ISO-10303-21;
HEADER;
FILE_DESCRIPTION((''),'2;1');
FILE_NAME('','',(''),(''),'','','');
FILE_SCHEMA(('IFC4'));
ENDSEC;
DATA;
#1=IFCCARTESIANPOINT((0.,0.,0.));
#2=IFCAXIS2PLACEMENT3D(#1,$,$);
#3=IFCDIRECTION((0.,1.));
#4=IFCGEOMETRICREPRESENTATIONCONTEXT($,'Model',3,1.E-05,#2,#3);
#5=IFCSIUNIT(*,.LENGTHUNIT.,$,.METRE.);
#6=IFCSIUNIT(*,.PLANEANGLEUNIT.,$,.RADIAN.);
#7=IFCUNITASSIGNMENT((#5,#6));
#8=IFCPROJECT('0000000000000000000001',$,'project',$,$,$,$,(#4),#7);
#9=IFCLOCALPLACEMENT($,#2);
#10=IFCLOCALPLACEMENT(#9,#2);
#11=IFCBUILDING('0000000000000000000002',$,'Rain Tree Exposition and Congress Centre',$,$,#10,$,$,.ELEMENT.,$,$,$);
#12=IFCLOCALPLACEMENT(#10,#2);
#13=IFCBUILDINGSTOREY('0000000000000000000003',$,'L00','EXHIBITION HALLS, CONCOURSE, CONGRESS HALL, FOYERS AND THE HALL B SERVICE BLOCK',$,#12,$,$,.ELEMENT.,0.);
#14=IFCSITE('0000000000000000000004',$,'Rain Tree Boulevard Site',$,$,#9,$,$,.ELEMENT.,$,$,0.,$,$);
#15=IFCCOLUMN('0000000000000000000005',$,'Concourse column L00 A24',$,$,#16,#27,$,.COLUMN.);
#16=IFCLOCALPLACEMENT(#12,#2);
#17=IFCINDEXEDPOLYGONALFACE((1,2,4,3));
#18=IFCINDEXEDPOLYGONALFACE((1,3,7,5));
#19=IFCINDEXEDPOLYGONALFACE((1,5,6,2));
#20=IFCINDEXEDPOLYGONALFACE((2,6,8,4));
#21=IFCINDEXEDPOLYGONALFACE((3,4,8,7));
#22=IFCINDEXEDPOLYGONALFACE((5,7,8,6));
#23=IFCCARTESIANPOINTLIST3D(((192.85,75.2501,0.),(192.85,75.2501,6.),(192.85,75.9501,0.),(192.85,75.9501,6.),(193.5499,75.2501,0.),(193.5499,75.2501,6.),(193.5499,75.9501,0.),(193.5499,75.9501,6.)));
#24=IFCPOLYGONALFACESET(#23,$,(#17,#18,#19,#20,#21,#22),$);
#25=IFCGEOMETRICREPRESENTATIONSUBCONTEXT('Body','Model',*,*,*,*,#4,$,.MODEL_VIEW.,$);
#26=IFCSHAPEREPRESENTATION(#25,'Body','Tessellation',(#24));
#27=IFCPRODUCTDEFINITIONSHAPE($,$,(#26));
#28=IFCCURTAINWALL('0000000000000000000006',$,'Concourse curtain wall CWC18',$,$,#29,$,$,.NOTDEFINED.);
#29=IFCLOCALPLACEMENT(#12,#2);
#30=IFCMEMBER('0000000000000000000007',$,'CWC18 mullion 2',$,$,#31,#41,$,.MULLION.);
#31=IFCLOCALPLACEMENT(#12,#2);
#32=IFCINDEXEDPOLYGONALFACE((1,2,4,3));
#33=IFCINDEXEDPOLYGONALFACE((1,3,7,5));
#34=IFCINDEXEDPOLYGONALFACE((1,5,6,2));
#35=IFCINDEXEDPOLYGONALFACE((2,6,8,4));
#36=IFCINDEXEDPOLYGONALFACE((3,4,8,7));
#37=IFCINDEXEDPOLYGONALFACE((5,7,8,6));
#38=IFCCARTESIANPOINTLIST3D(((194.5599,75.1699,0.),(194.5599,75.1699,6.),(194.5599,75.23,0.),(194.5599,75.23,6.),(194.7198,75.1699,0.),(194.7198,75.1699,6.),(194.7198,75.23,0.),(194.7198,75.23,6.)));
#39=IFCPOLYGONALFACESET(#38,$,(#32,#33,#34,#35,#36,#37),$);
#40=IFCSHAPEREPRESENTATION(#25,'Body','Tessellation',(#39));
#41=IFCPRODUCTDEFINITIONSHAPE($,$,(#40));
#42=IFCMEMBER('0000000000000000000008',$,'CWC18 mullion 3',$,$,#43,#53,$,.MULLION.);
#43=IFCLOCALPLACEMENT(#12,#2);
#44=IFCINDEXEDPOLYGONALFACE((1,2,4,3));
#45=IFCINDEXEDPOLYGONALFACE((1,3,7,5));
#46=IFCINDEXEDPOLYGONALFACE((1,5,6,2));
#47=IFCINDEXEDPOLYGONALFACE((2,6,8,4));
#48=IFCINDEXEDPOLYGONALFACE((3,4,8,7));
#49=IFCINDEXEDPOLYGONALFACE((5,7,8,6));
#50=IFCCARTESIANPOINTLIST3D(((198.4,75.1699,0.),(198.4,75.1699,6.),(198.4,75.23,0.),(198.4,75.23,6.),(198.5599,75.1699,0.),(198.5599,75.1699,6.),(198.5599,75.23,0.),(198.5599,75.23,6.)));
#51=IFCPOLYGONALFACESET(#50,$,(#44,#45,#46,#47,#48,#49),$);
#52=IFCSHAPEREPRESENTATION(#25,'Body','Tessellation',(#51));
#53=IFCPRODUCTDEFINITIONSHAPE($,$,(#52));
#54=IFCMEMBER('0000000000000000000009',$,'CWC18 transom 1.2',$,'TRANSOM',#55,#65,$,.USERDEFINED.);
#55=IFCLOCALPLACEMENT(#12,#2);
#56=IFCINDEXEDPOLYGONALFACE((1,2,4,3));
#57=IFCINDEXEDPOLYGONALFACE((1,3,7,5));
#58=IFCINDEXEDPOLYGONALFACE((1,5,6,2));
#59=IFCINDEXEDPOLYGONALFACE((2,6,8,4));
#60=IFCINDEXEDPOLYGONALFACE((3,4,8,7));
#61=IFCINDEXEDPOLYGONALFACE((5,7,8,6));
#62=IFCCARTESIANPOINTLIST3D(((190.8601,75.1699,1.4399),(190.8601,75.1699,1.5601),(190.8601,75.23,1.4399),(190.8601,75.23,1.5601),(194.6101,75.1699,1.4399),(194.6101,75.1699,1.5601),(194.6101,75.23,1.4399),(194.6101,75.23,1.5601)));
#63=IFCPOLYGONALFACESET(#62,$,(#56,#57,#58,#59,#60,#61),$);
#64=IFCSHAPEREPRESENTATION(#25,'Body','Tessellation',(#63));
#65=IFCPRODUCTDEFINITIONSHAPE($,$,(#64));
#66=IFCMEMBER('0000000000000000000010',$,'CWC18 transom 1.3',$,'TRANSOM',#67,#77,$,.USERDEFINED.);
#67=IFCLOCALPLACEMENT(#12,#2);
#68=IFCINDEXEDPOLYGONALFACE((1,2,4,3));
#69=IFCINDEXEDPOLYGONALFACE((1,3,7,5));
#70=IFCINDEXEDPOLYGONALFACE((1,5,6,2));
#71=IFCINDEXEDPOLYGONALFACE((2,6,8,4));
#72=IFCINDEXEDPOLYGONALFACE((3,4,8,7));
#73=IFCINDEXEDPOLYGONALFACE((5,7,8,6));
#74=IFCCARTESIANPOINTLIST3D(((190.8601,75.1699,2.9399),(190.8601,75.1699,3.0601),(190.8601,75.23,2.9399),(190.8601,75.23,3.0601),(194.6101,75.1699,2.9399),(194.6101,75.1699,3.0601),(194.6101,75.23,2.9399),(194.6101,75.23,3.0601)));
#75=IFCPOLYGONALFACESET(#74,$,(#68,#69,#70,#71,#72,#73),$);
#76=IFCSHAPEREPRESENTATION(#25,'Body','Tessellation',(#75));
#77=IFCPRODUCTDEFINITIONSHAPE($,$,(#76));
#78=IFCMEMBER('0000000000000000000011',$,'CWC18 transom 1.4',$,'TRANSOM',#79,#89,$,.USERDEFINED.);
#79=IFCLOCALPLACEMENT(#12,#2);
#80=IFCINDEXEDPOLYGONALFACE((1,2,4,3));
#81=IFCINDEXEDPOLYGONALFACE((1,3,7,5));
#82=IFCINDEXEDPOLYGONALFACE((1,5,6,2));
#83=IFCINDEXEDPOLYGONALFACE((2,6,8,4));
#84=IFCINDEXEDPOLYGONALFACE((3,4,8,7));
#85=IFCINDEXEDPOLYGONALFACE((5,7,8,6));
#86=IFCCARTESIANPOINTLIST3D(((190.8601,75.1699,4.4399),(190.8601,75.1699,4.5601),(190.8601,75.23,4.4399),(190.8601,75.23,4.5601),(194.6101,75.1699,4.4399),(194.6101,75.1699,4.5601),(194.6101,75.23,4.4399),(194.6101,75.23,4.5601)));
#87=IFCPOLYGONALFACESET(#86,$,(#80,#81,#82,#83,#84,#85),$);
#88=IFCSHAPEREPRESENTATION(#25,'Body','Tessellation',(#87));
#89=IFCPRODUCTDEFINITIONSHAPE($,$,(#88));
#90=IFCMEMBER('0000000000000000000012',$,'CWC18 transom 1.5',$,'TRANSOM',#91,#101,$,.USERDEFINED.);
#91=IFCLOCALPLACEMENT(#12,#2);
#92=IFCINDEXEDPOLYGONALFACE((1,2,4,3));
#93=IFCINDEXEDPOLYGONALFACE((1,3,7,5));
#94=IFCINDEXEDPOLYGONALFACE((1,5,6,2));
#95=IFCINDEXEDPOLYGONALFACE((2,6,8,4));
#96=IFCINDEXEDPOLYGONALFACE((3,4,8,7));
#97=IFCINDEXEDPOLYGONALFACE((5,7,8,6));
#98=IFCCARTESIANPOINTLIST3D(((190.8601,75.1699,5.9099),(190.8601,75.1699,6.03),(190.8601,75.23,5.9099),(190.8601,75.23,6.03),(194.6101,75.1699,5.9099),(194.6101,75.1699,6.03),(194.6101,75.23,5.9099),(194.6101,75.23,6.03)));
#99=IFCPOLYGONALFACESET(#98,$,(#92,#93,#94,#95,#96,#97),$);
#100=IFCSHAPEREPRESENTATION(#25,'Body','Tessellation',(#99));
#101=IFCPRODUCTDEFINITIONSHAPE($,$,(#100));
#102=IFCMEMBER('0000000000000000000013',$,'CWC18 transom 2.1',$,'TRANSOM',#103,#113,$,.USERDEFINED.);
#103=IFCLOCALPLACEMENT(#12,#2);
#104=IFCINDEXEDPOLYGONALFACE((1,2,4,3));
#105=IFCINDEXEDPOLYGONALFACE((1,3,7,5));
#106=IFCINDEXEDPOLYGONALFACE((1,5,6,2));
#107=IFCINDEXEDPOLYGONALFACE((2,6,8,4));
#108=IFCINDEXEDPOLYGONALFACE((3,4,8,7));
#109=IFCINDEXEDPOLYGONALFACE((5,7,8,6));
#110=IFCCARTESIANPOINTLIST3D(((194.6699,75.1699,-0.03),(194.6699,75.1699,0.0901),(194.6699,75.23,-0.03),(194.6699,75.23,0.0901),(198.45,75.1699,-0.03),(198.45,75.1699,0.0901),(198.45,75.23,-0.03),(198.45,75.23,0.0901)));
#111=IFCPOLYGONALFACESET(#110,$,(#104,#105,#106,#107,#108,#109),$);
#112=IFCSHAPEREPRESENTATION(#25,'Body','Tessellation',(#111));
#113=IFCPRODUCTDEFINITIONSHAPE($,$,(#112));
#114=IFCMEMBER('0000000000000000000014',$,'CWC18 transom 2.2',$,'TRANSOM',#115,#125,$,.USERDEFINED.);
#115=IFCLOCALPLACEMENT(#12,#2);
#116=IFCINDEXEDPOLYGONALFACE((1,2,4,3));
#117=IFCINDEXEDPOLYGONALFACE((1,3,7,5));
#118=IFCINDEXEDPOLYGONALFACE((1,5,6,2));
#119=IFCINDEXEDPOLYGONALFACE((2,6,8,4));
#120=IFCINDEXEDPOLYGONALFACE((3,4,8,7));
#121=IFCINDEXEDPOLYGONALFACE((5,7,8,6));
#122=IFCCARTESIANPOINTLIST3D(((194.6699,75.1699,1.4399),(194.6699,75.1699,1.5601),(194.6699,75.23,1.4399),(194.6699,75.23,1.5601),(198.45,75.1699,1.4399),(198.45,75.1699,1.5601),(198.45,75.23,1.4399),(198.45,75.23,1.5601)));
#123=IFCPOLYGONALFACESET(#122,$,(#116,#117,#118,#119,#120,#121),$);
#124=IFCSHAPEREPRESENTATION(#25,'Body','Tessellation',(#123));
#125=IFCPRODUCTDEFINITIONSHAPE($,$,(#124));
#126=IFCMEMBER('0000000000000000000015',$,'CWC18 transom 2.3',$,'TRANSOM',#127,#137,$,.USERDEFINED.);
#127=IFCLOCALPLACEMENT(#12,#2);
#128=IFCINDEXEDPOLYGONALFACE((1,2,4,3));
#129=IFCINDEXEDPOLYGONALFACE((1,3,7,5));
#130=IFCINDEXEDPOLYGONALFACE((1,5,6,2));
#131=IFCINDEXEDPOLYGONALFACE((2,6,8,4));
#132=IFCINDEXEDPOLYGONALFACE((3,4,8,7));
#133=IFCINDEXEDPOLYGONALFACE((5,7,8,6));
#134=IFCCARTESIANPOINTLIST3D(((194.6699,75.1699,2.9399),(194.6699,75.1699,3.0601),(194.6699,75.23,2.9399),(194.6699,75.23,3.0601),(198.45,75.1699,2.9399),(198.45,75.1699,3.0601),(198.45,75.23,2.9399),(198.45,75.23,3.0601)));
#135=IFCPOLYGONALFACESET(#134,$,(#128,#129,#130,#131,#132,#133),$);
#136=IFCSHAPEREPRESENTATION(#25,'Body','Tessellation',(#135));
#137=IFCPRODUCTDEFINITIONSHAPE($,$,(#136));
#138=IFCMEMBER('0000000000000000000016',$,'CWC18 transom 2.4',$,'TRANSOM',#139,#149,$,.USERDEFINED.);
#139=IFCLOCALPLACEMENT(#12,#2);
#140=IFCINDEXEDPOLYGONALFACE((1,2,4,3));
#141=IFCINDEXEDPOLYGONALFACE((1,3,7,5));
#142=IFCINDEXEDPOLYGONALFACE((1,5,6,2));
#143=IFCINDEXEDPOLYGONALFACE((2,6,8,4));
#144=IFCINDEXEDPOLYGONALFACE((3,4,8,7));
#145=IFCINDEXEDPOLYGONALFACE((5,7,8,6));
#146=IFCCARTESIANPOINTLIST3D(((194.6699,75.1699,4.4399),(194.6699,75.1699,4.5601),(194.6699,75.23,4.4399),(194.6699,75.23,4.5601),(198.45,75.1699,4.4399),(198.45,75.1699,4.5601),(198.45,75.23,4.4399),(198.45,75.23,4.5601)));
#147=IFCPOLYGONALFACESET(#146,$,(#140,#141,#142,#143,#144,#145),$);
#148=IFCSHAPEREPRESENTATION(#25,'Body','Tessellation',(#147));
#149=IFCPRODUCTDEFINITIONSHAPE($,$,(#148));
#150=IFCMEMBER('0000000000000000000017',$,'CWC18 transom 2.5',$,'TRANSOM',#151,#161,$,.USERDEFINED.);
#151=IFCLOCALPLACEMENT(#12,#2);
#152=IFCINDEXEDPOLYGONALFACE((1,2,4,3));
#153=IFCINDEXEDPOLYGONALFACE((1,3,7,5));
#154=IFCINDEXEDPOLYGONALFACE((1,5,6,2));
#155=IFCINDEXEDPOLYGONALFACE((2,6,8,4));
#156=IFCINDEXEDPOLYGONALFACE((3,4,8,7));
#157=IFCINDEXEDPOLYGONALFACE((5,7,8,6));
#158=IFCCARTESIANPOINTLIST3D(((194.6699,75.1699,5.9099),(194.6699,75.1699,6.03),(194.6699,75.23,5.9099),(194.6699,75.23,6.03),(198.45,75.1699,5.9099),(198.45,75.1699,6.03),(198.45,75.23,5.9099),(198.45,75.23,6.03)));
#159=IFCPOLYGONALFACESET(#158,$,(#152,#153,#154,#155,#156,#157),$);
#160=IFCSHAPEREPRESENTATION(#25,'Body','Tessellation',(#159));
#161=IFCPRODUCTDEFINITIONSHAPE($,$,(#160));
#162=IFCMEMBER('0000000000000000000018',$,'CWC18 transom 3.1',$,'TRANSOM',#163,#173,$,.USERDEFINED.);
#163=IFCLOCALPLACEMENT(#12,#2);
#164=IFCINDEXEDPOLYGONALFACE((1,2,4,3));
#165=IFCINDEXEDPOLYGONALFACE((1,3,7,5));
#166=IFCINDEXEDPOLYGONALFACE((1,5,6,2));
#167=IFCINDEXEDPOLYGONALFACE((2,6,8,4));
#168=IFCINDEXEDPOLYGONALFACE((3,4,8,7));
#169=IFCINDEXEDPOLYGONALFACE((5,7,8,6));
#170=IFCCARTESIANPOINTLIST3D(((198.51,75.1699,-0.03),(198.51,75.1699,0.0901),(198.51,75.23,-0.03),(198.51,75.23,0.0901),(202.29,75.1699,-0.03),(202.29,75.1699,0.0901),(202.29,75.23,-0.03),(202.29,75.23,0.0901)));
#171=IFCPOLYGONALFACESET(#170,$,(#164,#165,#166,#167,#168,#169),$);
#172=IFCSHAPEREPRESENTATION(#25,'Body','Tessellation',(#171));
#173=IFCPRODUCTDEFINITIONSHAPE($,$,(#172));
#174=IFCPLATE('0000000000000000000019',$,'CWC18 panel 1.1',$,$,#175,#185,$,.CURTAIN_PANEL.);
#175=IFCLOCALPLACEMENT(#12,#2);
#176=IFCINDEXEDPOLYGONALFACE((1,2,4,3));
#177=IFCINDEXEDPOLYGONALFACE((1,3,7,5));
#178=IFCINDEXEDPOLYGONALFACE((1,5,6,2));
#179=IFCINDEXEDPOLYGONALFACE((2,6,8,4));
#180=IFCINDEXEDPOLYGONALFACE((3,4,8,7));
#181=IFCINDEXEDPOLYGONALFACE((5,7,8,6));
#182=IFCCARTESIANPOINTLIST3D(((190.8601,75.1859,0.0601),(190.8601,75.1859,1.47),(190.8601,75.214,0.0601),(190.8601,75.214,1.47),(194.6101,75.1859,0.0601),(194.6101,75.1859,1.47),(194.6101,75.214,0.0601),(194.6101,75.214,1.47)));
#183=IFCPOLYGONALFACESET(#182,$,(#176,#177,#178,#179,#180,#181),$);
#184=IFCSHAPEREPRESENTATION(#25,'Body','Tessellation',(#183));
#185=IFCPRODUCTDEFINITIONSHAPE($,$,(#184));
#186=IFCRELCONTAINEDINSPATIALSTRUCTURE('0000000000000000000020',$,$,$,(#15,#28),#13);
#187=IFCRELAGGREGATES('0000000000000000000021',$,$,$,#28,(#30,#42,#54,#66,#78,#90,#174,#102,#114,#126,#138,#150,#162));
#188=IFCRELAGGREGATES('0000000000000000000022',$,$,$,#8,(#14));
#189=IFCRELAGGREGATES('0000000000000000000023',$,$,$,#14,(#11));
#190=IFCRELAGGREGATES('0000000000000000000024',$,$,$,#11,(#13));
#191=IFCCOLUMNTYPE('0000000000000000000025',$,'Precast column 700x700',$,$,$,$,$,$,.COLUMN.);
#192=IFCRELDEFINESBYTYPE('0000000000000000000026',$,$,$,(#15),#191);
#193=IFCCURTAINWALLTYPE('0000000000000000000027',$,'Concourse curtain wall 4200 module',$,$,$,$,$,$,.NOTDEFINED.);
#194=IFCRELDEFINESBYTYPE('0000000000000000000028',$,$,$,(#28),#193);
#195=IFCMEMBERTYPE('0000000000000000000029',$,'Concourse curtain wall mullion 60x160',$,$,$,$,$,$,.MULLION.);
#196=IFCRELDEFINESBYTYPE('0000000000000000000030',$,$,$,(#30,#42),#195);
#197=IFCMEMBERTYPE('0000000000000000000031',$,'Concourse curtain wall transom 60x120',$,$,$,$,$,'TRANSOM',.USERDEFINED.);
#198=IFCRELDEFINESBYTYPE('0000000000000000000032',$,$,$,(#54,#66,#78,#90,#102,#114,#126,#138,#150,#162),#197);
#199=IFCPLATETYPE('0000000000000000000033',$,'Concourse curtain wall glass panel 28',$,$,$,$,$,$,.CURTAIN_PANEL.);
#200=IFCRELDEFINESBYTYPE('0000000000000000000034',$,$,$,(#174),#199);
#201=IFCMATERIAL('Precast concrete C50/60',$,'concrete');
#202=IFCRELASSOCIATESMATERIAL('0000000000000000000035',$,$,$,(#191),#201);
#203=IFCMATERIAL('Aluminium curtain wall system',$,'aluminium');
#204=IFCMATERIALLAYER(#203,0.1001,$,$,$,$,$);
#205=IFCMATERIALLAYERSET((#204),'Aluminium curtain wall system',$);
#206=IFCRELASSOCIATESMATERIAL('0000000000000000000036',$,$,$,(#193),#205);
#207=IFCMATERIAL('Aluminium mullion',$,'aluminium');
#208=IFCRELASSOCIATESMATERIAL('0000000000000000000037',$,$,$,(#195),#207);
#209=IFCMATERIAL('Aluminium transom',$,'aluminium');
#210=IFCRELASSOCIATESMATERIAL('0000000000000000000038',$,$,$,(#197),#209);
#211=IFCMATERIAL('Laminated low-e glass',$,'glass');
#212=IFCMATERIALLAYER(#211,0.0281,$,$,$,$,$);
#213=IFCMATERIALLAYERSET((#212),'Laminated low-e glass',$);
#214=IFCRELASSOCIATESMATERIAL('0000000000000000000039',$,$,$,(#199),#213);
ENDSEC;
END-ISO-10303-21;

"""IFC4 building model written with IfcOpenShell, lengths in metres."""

from ifc_helpers import new_model, si_unit, direction, frame, origin, origin_2d, place, context, subcontext, project, spatial, rectangle, extrude, material, layer, layer_set, material_profile, profile_set, type_object, element, aggregate, save


model = new_model("IFC4")

# Units and contexts
model_context = context("Model", 3, precision=1e-05, world=origin(), true_north=direction((0.0, 1.0)))
body_context = subcontext(model_context, "Body", "Model", "MODEL_VIEW")
ifc_project = project(units=[si_unit("LENGTHUNIT", "METRE"), si_unit("PLANEANGLEUNIT", "RADIAN")], contexts=[model_context])

# Site, building, storey
site_placement = place(None, origin())
site = spatial("IfcSite", under=ifc_project, at=site_placement, Name="Rain Tree Boulevard Site", CompositionType="ELEMENT", RefElevation=0.0)
building_placement = place(site_placement, origin())
building = spatial("IfcBuilding", under=site, at=building_placement, Name="Rain Tree Exposition and Congress Centre", CompositionType="ELEMENT")
storey_placement = place(building_placement, origin())
storey = spatial("IfcBuildingStorey", under=building, at=storey_placement, Name="L00", Description="EXHIBITION HALLS, CONCOURSE, CONGRESS HALL, FOYERS AND THE HALL B SERVICE BLOCK", CompositionType="ELEMENT", Elevation=0.0)

# Column
ifc_material_1 = material(Name="Precast concrete C50/60", Category="concrete")
ifc_material_profile_1 = material_profile(ifc_material_1, rectangle(XDim=0.7, YDim=0.7, at=origin_2d()), Name="RC 700x700")
ifc_profile_set_1 = profile_set([ifc_material_profile_1], Name="Precast concrete C50/60")
column_type = type_object("IfcColumnType", Name="Precast column 700x700", PredefinedType="COLUMN", material=ifc_profile_set_1)
column_placement = place(storey_placement, frame((193.2, 75.6001, 0.0), z_axis=(0.0, 0.0, 1.0), x_axis=(1.0, 0.0, 0.0)))
element("IfcColumn", 1, at=column_placement, inside=storey, type_object=column_type, Name="Concourse column L00 A24", PredefinedType="COLUMN", context=body_context, shape_type="SweptSolid", body=[
    extrude(rectangle(XDim=0.7, YDim=0.7, at=origin_2d()), origin(), (0.0, 0.0, 1.0), 6.0),
])

# Curtain wall, members, plate
ifc_material_2 = material(Name="Aluminium curtain wall system", Category="aluminium")
ifc_layer_1 = layer(ifc_material_2, 0.1001)
ifc_layer_set_1 = layer_set([ifc_layer_1], Name="Aluminium curtain wall system")
curtain_wall_type = type_object("IfcCurtainWallType", Name="Concourse curtain wall 4200 module", PredefinedType="NOTDEFINED", material=ifc_layer_set_1)
curtain_wall_placement = place(storey_placement, origin())
curtain_wall = element("IfcCurtainWall", 2, at=curtain_wall_placement, inside=storey, type_object=curtain_wall_type, Name="Concourse curtain wall CWC18", PredefinedType="NOTDEFINED")
ifc_material_3 = material(Name="Aluminium mullion", Category="aluminium")
ifc_material_profile_2 = material_profile(ifc_material_3, rectangle(XDim=0.0601, YDim=0.1599, at=origin_2d()), Name="AL 60x160")
ifc_profile_set_2 = profile_set([ifc_material_profile_2], Name="Aluminium mullion")
member_type_1 = type_object("IfcMemberType", Name="Concourse curtain wall mullion 60x160", PredefinedType="MULLION", material=ifc_profile_set_2)
member_1_placement = place(storey_placement, frame((194.6399, 75.2, 0.0), z_axis=(0.0, 0.0, 1.0), x_axis=(0.0, 1.0, 0.0)))
member_1 = element("IfcMember", 3, at=member_1_placement, type_object=member_type_1, Name="CWC18 mullion 2", PredefinedType="MULLION", context=body_context, shape_type="SweptSolid", body=[
    extrude(rectangle(XDim=0.0601, YDim=0.1599, at=origin_2d()), origin(), (0.0, 0.0, 1.0), 6.0),
])
member_2_placement = place(storey_placement, frame((198.48, 75.2, 0.0), z_axis=(0.0, 0.0, 1.0), x_axis=(0.0, 1.0, 0.0)))
member_2 = element("IfcMember", 4, at=member_2_placement, type_object=member_type_1, Name="CWC18 mullion 3", PredefinedType="MULLION", context=body_context, shape_type="SweptSolid", body=[
    extrude(rectangle(XDim=0.0601, YDim=0.1599, at=origin_2d()), origin(), (0.0, 0.0, 1.0), 6.0),
])
ifc_material_4 = material(Name="Aluminium transom", Category="aluminium")
ifc_material_profile_3 = material_profile(ifc_material_4, rectangle(XDim=0.0601, YDim=0.1201, at=origin_2d()), Name="AL 60x120")
ifc_profile_set_3 = profile_set([ifc_material_profile_3], Name="Aluminium transom")
member_type_2 = type_object("IfcMemberType", Name="Concourse curtain wall transom 60x120", ElementType="TRANSOM", PredefinedType="USERDEFINED", material=ifc_profile_set_3)
member_3_placement = place(storey_placement, frame((190.8601, 75.2, 1.5), z_axis=(1.0, 0.0, 0.0), x_axis=(0.0, 1.0, 0.0)))
member_3 = element("IfcMember", 5, at=member_3_placement, type_object=member_type_2, Name="CWC18 transom 1.2", ObjectType="TRANSOM", PredefinedType="USERDEFINED", context=body_context, shape_type="SweptSolid", body=[
    extrude(rectangle(XDim=0.0601, YDim=0.1201, at=origin_2d()), origin(), (0.0, 0.0, 1.0), 3.75),
])
member_4_placement = place(storey_placement, frame((190.8601, 75.2, 3.0), z_axis=(1.0, 0.0, 0.0), x_axis=(0.0, 1.0, 0.0)))
member_4 = element("IfcMember", 6, at=member_4_placement, type_object=member_type_2, Name="CWC18 transom 1.3", ObjectType="TRANSOM", PredefinedType="USERDEFINED", context=body_context, shape_type="SweptSolid", body=[
    extrude(rectangle(XDim=0.0601, YDim=0.1201, at=origin_2d()), origin(), (0.0, 0.0, 1.0), 3.75),
])
member_5_placement = place(storey_placement, frame((190.8601, 75.2, 4.5), z_axis=(1.0, 0.0, 0.0), x_axis=(0.0, 1.0, 0.0)))
member_5 = element("IfcMember", 7, at=member_5_placement, type_object=member_type_2, Name="CWC18 transom 1.4", ObjectType="TRANSOM", PredefinedType="USERDEFINED", context=body_context, shape_type="SweptSolid", body=[
    extrude(rectangle(XDim=0.0601, YDim=0.1201, at=origin_2d()), origin(), (0.0, 0.0, 1.0), 3.75),
])
member_6_placement = place(storey_placement, frame((190.8601, 75.2, 5.97), z_axis=(1.0, 0.0, 0.0), x_axis=(0.0, 1.0, 0.0)))
member_6 = element("IfcMember", 8, at=member_6_placement, type_object=member_type_2, Name="CWC18 transom 1.5", ObjectType="TRANSOM", PredefinedType="USERDEFINED", context=body_context, shape_type="SweptSolid", body=[
    extrude(rectangle(XDim=0.0601, YDim=0.1201, at=origin_2d()), origin(), (0.0, 0.0, 1.0), 3.75),
])
member_7_placement = place(storey_placement, frame((194.6699, 75.2, 0.03), z_axis=(1.0, 0.0, 0.0), x_axis=(0.0, 1.0, 0.0)))
member_7 = element("IfcMember", 9, at=member_7_placement, type_object=member_type_2, Name="CWC18 transom 2.1", ObjectType="TRANSOM", PredefinedType="USERDEFINED", context=body_context, shape_type="SweptSolid", body=[
    extrude(rectangle(XDim=0.0601, YDim=0.1201, at=origin_2d()), origin(), (0.0, 0.0, 1.0), 3.78),
])
member_8_placement = place(storey_placement, frame((194.6699, 75.2, 1.5), z_axis=(1.0, 0.0, 0.0), x_axis=(0.0, 1.0, 0.0)))
member_8 = element("IfcMember", 10, at=member_8_placement, type_object=member_type_2, Name="CWC18 transom 2.2", ObjectType="TRANSOM", PredefinedType="USERDEFINED", context=body_context, shape_type="SweptSolid", body=[
    extrude(rectangle(XDim=0.0601, YDim=0.1201, at=origin_2d()), origin(), (0.0, 0.0, 1.0), 3.78),
])
member_9_placement = place(storey_placement, frame((194.6699, 75.2, 3.0), z_axis=(1.0, 0.0, 0.0), x_axis=(0.0, 1.0, 0.0)))
member_9 = element("IfcMember", 11, at=member_9_placement, type_object=member_type_2, Name="CWC18 transom 2.3", ObjectType="TRANSOM", PredefinedType="USERDEFINED", context=body_context, shape_type="SweptSolid", body=[
    extrude(rectangle(XDim=0.0601, YDim=0.1201, at=origin_2d()), origin(), (0.0, 0.0, 1.0), 3.78),
])
member_10_placement = place(storey_placement, frame((194.6699, 75.2, 4.5), z_axis=(1.0, 0.0, 0.0), x_axis=(0.0, 1.0, 0.0)))
member_10 = element("IfcMember", 12, at=member_10_placement, type_object=member_type_2, Name="CWC18 transom 2.4", ObjectType="TRANSOM", PredefinedType="USERDEFINED", context=body_context, shape_type="SweptSolid", body=[
    extrude(rectangle(XDim=0.0601, YDim=0.1201, at=origin_2d()), origin(), (0.0, 0.0, 1.0), 3.78),
])
member_11_placement = place(storey_placement, frame((194.6699, 75.2, 5.97), z_axis=(1.0, 0.0, 0.0), x_axis=(0.0, 1.0, 0.0)))
member_11 = element("IfcMember", 13, at=member_11_placement, type_object=member_type_2, Name="CWC18 transom 2.5", ObjectType="TRANSOM", PredefinedType="USERDEFINED", context=body_context, shape_type="SweptSolid", body=[
    extrude(rectangle(XDim=0.0601, YDim=0.1201, at=origin_2d()), origin(), (0.0, 0.0, 1.0), 3.78),
])
member_12_placement = place(storey_placement, frame((198.51, 75.2, 0.03), z_axis=(1.0, 0.0, 0.0), x_axis=(0.0, 1.0, 0.0)))
member_12 = element("IfcMember", 14, at=member_12_placement, type_object=member_type_2, Name="CWC18 transom 3.1", ObjectType="TRANSOM", PredefinedType="USERDEFINED", context=body_context, shape_type="SweptSolid", body=[
    extrude(rectangle(XDim=0.0601, YDim=0.1201, at=origin_2d()), origin(), (0.0, 0.0, 1.0), 3.78),
])
ifc_material_5 = material(Name="Laminated low-e glass", Category="glass")
ifc_layer_2 = layer(ifc_material_5, 0.0281)
ifc_layer_set_2 = layer_set([ifc_layer_2], Name="Laminated low-e glass")
plate_type = type_object("IfcPlateType", Name="Concourse curtain wall glass panel 28", PredefinedType="CURTAIN_PANEL", material=ifc_layer_set_2)
plate_1_placement = place(storey_placement, frame((192.7351, 75.2, 0.0601), z_axis=(0.0, 0.0, 1.0), x_axis=(1.0, 0.0, 0.0)))
plate_1 = element("IfcPlate", 15, at=plate_1_placement, type_object=plate_type, Name="CWC18 panel 1.1", PredefinedType="CURTAIN_PANEL", context=body_context, shape_type="SweptSolid", body=[
    extrude(rectangle(XDim=3.75, YDim=0.0281, at=origin_2d()), origin(), (0.0, 0.0, 1.0), 1.4099),
])
aggregate(curtain_wall, [member_1, member_2, member_3, member_4, member_5, member_6, plate_1, member_7, member_8, member_9, member_10, member_11, member_12])

save(model, "model.ifc")
